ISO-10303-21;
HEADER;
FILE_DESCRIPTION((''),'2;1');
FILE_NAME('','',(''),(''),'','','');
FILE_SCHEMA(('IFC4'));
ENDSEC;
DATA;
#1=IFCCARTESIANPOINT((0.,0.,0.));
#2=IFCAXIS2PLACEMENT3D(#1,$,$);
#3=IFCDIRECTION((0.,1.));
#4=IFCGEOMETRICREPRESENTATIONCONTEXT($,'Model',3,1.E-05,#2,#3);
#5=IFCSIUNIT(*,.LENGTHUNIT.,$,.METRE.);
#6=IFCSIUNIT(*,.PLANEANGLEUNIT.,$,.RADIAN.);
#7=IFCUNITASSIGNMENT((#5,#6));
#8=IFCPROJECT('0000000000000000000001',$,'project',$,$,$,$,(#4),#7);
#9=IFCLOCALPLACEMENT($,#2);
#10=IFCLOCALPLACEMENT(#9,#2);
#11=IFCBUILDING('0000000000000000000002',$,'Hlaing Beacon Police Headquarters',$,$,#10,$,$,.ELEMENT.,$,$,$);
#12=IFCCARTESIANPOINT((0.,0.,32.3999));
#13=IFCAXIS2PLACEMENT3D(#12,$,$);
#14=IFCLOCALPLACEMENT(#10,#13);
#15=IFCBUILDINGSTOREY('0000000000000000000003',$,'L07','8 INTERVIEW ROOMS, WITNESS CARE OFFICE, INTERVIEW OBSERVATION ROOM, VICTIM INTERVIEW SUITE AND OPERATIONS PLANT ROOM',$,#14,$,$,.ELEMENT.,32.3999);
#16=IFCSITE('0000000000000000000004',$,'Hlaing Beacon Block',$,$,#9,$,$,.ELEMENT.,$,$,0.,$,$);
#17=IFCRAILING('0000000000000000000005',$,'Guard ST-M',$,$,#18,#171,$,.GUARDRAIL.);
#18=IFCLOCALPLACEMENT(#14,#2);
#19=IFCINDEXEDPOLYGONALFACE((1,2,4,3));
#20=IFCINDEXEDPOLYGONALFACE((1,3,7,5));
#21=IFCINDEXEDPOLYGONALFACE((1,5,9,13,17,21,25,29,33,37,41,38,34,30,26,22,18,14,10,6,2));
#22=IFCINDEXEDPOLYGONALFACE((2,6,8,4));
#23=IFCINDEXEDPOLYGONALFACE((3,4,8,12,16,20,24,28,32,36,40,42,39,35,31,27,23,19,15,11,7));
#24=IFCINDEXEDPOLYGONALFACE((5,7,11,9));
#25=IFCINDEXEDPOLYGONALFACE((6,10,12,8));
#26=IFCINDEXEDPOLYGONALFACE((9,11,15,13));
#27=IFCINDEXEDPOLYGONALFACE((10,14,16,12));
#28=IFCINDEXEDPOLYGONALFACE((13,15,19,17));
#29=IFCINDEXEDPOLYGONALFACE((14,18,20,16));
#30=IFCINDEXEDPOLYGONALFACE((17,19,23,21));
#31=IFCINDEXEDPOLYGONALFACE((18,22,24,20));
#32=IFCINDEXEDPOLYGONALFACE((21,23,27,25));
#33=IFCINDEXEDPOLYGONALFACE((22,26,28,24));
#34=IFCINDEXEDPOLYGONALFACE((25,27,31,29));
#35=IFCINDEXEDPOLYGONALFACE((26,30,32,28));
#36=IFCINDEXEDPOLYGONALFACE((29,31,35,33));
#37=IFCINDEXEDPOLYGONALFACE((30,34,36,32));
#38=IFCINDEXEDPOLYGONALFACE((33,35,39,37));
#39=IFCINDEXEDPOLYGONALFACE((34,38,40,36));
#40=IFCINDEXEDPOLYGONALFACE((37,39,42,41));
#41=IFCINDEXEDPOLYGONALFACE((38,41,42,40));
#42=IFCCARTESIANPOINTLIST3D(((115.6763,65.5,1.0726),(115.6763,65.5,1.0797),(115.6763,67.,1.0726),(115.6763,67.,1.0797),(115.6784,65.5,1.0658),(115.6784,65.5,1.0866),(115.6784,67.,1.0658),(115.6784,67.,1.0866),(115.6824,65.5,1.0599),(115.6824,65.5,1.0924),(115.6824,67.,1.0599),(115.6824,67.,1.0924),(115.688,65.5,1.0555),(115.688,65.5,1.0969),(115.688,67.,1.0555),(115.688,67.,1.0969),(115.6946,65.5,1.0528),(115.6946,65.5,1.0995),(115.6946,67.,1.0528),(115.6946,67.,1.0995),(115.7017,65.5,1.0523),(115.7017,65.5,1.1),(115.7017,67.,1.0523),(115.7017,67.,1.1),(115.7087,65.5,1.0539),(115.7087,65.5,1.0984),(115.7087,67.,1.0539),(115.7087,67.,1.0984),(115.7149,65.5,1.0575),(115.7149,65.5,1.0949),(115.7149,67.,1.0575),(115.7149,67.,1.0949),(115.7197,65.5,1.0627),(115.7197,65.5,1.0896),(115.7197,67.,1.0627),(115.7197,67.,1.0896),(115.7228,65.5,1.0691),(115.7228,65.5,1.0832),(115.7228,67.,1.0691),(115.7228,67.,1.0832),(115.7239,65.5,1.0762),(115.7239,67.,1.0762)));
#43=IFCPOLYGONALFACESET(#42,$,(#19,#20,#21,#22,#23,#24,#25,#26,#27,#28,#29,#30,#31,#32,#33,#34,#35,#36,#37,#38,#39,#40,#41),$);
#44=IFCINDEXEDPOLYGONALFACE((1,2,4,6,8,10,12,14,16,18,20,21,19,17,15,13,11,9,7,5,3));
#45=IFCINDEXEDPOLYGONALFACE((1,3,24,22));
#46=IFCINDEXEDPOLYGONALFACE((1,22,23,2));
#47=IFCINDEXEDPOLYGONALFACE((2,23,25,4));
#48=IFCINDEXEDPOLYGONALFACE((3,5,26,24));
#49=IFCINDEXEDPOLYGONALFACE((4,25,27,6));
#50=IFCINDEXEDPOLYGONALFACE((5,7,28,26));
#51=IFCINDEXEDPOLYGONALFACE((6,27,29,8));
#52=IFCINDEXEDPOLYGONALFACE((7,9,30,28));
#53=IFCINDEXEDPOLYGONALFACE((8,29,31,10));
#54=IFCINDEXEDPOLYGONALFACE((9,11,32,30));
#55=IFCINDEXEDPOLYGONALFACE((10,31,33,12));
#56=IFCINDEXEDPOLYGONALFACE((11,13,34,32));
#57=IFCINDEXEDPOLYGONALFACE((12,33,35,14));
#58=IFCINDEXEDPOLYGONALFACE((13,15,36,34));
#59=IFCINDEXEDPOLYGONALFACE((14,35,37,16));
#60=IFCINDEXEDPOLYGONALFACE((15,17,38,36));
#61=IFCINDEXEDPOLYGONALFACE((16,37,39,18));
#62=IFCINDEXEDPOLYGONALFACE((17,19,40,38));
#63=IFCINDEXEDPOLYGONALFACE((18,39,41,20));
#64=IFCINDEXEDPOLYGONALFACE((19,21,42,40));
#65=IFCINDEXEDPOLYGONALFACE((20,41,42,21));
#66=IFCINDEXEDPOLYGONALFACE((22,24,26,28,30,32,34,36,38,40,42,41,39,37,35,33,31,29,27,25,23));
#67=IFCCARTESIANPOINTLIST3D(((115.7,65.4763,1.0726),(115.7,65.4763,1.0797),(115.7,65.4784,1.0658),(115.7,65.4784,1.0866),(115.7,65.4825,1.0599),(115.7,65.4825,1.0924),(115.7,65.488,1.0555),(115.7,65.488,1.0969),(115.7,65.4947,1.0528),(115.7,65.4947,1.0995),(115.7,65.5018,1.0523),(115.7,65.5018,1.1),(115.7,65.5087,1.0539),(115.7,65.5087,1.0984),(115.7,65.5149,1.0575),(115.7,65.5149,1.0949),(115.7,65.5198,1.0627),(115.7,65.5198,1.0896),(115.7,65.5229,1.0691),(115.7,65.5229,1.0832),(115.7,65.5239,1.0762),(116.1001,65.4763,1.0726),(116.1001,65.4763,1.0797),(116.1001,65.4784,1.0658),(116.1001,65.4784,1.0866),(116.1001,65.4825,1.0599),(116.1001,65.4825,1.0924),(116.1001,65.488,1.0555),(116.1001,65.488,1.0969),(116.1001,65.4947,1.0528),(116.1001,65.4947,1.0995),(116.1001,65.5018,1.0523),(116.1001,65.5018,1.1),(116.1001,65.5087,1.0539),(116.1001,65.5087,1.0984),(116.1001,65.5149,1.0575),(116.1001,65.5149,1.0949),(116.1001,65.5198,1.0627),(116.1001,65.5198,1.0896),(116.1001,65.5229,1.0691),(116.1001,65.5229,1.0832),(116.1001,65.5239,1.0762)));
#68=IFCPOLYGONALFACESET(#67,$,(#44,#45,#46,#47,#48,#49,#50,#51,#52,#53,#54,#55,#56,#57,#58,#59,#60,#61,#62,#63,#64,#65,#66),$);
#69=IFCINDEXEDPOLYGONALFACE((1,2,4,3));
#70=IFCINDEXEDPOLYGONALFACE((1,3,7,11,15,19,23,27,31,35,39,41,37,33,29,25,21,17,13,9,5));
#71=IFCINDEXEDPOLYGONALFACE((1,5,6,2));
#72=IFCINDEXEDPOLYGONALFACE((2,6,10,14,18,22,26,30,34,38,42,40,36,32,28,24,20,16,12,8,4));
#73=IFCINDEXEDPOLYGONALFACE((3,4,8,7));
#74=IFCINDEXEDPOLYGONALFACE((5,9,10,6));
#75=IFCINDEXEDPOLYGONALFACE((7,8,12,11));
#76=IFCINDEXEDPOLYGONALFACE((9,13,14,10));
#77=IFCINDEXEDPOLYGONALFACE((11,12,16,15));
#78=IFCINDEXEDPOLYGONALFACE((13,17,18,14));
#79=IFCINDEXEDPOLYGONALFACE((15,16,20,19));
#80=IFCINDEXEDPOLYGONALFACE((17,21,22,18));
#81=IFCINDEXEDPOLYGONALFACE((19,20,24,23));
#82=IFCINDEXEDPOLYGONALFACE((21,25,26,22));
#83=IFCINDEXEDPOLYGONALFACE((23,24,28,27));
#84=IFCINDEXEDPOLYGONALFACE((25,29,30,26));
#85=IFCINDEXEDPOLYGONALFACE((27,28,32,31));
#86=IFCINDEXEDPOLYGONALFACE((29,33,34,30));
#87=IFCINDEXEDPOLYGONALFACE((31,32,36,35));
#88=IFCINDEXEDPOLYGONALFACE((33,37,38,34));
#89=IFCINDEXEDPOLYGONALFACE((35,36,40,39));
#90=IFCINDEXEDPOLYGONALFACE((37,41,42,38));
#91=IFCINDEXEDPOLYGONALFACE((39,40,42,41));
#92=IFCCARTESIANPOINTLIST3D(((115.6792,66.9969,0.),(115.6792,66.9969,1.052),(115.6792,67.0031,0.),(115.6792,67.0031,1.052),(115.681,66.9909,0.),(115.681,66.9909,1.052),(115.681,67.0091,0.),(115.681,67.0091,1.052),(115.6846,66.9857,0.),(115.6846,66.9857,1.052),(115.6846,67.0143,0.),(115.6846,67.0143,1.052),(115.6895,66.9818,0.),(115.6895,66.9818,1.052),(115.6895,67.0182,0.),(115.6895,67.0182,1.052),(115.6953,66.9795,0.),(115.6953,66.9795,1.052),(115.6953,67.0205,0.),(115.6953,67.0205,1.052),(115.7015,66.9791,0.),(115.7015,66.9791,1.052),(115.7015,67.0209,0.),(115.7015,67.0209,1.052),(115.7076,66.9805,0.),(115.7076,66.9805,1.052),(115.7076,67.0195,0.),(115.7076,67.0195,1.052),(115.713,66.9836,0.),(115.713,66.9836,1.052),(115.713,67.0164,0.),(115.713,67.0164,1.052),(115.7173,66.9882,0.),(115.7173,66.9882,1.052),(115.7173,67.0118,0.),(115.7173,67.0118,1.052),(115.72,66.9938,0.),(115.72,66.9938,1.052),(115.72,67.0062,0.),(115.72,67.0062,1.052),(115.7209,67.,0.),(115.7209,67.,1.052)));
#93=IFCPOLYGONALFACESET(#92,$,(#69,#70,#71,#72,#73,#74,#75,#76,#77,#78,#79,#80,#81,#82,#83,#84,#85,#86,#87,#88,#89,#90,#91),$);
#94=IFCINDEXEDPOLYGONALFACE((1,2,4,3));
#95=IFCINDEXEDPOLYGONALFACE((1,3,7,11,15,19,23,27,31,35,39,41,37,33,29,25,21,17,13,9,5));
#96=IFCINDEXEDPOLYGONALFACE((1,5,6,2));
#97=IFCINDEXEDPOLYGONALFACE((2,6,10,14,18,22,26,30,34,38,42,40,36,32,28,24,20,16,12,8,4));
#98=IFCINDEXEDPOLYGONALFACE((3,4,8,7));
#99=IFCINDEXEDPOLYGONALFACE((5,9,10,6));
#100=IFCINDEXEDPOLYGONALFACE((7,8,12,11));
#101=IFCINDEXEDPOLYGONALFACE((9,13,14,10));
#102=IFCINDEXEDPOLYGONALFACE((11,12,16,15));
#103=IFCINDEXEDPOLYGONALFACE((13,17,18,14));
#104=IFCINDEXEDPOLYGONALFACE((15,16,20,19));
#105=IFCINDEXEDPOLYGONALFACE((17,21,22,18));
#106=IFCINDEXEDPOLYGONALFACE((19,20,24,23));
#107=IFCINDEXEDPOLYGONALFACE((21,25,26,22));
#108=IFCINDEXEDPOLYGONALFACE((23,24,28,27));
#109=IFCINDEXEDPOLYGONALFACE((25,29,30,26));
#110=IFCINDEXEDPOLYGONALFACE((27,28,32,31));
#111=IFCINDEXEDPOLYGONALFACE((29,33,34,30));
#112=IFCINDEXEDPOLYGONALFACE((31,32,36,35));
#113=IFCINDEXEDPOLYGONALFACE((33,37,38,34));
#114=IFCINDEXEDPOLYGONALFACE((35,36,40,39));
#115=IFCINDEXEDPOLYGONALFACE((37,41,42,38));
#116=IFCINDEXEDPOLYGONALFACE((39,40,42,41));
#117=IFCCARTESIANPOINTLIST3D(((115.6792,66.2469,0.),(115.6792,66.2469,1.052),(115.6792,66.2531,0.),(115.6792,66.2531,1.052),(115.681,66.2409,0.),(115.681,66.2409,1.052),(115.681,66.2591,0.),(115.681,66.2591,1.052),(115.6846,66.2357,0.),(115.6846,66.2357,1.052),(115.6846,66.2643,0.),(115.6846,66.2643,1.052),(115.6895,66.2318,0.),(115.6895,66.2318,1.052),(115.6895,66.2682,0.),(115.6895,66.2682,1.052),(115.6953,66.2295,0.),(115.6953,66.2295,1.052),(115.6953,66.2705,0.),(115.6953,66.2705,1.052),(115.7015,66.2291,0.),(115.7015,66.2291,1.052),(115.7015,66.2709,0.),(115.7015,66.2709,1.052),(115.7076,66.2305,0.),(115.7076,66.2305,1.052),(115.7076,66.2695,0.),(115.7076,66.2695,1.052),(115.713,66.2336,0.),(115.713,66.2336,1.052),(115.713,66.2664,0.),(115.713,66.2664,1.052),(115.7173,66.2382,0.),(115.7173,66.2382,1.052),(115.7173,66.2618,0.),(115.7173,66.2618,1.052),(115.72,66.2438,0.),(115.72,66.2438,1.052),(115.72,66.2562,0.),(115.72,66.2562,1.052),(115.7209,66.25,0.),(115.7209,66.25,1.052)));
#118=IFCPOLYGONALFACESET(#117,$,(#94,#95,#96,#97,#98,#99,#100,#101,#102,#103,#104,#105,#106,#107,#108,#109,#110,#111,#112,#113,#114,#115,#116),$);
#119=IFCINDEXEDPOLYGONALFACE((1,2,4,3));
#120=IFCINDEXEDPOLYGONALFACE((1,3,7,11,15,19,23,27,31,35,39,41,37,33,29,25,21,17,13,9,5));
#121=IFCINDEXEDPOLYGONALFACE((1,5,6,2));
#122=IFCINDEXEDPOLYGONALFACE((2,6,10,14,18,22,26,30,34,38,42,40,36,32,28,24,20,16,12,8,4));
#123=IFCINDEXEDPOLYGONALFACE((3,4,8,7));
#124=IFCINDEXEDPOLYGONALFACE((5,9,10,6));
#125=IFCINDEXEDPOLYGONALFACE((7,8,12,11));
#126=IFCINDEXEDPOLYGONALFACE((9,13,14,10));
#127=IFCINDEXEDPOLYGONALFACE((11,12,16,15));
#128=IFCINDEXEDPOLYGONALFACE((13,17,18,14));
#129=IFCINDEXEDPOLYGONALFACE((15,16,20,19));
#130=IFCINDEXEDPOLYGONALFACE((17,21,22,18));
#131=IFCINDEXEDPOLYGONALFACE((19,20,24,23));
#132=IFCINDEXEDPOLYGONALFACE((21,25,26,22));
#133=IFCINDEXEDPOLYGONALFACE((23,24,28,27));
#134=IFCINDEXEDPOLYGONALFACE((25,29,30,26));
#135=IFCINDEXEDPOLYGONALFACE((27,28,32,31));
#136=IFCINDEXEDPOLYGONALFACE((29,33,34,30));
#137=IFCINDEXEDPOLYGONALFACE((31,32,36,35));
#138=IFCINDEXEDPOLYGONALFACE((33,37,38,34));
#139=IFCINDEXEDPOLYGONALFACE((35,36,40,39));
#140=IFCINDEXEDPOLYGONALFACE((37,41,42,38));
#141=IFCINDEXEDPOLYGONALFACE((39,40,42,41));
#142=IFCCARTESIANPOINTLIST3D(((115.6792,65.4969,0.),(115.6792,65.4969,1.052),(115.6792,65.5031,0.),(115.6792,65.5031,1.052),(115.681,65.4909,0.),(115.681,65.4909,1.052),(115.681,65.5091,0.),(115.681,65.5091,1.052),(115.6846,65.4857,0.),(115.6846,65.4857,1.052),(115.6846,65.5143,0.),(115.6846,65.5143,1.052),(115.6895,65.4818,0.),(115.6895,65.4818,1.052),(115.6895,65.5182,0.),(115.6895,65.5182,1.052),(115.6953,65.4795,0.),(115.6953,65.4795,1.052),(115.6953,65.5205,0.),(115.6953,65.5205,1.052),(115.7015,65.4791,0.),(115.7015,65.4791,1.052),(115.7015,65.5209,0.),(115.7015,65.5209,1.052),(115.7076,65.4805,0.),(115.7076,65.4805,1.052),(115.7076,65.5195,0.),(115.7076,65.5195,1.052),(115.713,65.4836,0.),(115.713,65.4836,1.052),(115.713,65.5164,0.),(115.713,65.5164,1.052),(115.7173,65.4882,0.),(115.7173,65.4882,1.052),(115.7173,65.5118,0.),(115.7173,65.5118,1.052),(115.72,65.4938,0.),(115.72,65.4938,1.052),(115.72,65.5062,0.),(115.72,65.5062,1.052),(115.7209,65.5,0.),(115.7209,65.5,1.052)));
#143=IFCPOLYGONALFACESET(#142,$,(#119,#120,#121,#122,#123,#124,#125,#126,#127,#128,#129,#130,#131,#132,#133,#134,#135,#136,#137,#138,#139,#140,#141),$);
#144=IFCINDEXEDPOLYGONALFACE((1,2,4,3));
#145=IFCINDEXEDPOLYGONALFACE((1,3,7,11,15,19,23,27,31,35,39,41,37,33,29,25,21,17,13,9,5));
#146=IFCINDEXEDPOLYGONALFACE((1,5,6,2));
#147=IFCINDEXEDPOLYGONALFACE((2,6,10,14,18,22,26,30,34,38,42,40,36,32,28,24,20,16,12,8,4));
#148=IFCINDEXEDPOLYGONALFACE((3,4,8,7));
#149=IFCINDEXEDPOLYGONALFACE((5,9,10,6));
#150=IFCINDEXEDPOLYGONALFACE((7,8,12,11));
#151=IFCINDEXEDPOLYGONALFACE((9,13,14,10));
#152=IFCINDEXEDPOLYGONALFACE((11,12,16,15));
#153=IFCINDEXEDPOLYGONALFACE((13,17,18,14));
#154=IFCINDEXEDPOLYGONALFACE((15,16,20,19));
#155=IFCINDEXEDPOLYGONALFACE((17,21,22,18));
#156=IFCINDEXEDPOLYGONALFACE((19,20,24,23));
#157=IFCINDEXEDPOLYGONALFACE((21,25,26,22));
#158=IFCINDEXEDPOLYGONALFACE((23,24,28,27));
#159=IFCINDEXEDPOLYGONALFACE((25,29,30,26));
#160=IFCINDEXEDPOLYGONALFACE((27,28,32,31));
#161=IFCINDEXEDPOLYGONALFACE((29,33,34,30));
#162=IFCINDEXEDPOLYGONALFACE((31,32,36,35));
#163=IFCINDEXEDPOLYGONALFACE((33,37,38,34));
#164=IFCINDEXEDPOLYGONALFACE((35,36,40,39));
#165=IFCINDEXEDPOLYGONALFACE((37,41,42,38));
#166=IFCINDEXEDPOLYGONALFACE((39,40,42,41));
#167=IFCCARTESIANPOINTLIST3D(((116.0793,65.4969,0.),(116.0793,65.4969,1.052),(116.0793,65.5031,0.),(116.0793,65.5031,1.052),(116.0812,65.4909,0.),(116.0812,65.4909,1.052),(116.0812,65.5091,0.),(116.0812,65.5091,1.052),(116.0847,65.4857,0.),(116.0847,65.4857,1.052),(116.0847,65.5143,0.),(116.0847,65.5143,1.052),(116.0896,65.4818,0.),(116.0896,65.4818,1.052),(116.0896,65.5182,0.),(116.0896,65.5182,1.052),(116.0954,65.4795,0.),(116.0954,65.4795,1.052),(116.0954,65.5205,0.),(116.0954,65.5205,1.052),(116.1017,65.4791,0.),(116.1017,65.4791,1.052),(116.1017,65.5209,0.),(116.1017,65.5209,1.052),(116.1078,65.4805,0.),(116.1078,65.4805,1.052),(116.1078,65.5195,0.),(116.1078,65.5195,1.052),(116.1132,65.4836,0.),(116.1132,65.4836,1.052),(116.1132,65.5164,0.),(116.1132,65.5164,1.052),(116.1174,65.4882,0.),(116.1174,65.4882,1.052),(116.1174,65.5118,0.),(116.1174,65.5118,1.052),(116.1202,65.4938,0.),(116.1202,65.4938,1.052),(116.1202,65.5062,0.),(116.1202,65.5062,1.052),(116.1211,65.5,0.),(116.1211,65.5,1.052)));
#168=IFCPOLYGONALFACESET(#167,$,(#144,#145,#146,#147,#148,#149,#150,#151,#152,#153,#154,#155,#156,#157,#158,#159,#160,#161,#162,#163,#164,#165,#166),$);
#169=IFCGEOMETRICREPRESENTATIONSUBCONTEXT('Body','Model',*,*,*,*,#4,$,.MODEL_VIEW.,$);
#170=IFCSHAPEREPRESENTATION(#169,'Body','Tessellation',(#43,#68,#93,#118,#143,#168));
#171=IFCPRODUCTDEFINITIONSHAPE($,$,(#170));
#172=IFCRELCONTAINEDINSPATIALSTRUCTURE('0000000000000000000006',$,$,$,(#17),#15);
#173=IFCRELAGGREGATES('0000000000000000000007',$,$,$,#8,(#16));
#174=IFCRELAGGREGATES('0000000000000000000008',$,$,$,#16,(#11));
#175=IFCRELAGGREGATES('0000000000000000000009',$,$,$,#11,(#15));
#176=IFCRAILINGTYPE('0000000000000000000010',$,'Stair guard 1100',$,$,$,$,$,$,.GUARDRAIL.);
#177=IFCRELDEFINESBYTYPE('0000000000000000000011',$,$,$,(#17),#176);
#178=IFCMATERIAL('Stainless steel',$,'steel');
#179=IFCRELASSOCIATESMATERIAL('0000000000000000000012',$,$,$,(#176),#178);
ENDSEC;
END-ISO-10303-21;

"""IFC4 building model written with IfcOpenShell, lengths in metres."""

from ifc_helpers import new_model, si_unit, direction, frame, origin, origin_2d, place, context, subcontext, project, spatial, circle, extrude, material, type_object, element, save


model = new_model("IFC4")

# Units and contexts
model_context = context("Model", 3, precision=1e-05, world=origin(), true_north=direction((0.0, 1.0)))
body_context = subcontext(model_context, "Body", "Model", "MODEL_VIEW")
ifc_project = project(units=[si_unit("LENGTHUNIT", "METRE"), si_unit("PLANEANGLEUNIT", "RADIAN")], contexts=[model_context])

# Site, building, storey
site_placement = place(None, origin())
site = spatial("IfcSite", under=ifc_project, at=site_placement, Name="Hlaing Beacon Block", CompositionType="ELEMENT", RefElevation=0.0)
building_placement = place(site_placement, origin())
building = spatial("IfcBuilding", under=site, at=building_placement, Name="Hlaing Beacon Police Headquarters", CompositionType="ELEMENT")
storey_placement = place(building_placement, frame((0.0, 0.0, 32.3999)))
storey = spatial("IfcBuildingStorey", under=building, at=storey_placement, Name="L07", Description="8 INTERVIEW ROOMS, WITNESS CARE OFFICE, INTERVIEW OBSERVATION ROOM, VICTIM INTERVIEW SUITE AND OPERATIONS PLANT ROOM", CompositionType="ELEMENT", Elevation=32.3999)

# Railing
ifc_material_1 = material(Name="Stainless steel", Category="steel")
railing_type_1 = type_object("IfcRailingType", Name="Stair guard 1100", PredefinedType="GUARDRAIL", material=ifc_material_1)
railing_placement = place(storey_placement, frame((115.7, 67.0, 0.0)))
element("IfcRailing", 1, at=railing_placement, inside=storey, type_object=railing_type_1, Name="Guard ST-M", PredefinedType="GUARDRAIL", context=body_context, shape_type="SweptSolid", body=[
    extrude(circle(Radius=0.0239, at=origin_2d()), frame((0.0, 0.0, 1.0762), z_axis=(0.0, -1.0, 0.0), x_axis=(1.0, 0.0, 0.0)), (0.0, 0.0, 1.0), 1.5),
    extrude(circle(Radius=0.0239, at=origin_2d()), frame((0.0, -1.5, 1.0762), z_axis=(1.0, 0.0, 0.0), x_axis=(0.0, 1.0, 0.0)), (0.0, 0.0, 1.0), 0.4001),
    extrude(circle(Radius=0.021, at=origin_2d()), origin(), (0.0, 0.0, 1.0), 1.052),
    extrude(circle(Radius=0.021, at=origin_2d()), frame((0.0, -0.75, 0.0)), (0.0, 0.0, 1.0), 1.052),
    extrude(circle(Radius=0.021, at=origin_2d()), frame((0.0, -1.5, 0.0)), (0.0, 0.0, 1.0), 1.052),
    extrude(circle(Radius=0.021, at=origin_2d()), frame((0.4001, -1.5, 0.0)), (0.0, 0.0, 1.0), 1.052),
])

save(model, "model.ifc")
